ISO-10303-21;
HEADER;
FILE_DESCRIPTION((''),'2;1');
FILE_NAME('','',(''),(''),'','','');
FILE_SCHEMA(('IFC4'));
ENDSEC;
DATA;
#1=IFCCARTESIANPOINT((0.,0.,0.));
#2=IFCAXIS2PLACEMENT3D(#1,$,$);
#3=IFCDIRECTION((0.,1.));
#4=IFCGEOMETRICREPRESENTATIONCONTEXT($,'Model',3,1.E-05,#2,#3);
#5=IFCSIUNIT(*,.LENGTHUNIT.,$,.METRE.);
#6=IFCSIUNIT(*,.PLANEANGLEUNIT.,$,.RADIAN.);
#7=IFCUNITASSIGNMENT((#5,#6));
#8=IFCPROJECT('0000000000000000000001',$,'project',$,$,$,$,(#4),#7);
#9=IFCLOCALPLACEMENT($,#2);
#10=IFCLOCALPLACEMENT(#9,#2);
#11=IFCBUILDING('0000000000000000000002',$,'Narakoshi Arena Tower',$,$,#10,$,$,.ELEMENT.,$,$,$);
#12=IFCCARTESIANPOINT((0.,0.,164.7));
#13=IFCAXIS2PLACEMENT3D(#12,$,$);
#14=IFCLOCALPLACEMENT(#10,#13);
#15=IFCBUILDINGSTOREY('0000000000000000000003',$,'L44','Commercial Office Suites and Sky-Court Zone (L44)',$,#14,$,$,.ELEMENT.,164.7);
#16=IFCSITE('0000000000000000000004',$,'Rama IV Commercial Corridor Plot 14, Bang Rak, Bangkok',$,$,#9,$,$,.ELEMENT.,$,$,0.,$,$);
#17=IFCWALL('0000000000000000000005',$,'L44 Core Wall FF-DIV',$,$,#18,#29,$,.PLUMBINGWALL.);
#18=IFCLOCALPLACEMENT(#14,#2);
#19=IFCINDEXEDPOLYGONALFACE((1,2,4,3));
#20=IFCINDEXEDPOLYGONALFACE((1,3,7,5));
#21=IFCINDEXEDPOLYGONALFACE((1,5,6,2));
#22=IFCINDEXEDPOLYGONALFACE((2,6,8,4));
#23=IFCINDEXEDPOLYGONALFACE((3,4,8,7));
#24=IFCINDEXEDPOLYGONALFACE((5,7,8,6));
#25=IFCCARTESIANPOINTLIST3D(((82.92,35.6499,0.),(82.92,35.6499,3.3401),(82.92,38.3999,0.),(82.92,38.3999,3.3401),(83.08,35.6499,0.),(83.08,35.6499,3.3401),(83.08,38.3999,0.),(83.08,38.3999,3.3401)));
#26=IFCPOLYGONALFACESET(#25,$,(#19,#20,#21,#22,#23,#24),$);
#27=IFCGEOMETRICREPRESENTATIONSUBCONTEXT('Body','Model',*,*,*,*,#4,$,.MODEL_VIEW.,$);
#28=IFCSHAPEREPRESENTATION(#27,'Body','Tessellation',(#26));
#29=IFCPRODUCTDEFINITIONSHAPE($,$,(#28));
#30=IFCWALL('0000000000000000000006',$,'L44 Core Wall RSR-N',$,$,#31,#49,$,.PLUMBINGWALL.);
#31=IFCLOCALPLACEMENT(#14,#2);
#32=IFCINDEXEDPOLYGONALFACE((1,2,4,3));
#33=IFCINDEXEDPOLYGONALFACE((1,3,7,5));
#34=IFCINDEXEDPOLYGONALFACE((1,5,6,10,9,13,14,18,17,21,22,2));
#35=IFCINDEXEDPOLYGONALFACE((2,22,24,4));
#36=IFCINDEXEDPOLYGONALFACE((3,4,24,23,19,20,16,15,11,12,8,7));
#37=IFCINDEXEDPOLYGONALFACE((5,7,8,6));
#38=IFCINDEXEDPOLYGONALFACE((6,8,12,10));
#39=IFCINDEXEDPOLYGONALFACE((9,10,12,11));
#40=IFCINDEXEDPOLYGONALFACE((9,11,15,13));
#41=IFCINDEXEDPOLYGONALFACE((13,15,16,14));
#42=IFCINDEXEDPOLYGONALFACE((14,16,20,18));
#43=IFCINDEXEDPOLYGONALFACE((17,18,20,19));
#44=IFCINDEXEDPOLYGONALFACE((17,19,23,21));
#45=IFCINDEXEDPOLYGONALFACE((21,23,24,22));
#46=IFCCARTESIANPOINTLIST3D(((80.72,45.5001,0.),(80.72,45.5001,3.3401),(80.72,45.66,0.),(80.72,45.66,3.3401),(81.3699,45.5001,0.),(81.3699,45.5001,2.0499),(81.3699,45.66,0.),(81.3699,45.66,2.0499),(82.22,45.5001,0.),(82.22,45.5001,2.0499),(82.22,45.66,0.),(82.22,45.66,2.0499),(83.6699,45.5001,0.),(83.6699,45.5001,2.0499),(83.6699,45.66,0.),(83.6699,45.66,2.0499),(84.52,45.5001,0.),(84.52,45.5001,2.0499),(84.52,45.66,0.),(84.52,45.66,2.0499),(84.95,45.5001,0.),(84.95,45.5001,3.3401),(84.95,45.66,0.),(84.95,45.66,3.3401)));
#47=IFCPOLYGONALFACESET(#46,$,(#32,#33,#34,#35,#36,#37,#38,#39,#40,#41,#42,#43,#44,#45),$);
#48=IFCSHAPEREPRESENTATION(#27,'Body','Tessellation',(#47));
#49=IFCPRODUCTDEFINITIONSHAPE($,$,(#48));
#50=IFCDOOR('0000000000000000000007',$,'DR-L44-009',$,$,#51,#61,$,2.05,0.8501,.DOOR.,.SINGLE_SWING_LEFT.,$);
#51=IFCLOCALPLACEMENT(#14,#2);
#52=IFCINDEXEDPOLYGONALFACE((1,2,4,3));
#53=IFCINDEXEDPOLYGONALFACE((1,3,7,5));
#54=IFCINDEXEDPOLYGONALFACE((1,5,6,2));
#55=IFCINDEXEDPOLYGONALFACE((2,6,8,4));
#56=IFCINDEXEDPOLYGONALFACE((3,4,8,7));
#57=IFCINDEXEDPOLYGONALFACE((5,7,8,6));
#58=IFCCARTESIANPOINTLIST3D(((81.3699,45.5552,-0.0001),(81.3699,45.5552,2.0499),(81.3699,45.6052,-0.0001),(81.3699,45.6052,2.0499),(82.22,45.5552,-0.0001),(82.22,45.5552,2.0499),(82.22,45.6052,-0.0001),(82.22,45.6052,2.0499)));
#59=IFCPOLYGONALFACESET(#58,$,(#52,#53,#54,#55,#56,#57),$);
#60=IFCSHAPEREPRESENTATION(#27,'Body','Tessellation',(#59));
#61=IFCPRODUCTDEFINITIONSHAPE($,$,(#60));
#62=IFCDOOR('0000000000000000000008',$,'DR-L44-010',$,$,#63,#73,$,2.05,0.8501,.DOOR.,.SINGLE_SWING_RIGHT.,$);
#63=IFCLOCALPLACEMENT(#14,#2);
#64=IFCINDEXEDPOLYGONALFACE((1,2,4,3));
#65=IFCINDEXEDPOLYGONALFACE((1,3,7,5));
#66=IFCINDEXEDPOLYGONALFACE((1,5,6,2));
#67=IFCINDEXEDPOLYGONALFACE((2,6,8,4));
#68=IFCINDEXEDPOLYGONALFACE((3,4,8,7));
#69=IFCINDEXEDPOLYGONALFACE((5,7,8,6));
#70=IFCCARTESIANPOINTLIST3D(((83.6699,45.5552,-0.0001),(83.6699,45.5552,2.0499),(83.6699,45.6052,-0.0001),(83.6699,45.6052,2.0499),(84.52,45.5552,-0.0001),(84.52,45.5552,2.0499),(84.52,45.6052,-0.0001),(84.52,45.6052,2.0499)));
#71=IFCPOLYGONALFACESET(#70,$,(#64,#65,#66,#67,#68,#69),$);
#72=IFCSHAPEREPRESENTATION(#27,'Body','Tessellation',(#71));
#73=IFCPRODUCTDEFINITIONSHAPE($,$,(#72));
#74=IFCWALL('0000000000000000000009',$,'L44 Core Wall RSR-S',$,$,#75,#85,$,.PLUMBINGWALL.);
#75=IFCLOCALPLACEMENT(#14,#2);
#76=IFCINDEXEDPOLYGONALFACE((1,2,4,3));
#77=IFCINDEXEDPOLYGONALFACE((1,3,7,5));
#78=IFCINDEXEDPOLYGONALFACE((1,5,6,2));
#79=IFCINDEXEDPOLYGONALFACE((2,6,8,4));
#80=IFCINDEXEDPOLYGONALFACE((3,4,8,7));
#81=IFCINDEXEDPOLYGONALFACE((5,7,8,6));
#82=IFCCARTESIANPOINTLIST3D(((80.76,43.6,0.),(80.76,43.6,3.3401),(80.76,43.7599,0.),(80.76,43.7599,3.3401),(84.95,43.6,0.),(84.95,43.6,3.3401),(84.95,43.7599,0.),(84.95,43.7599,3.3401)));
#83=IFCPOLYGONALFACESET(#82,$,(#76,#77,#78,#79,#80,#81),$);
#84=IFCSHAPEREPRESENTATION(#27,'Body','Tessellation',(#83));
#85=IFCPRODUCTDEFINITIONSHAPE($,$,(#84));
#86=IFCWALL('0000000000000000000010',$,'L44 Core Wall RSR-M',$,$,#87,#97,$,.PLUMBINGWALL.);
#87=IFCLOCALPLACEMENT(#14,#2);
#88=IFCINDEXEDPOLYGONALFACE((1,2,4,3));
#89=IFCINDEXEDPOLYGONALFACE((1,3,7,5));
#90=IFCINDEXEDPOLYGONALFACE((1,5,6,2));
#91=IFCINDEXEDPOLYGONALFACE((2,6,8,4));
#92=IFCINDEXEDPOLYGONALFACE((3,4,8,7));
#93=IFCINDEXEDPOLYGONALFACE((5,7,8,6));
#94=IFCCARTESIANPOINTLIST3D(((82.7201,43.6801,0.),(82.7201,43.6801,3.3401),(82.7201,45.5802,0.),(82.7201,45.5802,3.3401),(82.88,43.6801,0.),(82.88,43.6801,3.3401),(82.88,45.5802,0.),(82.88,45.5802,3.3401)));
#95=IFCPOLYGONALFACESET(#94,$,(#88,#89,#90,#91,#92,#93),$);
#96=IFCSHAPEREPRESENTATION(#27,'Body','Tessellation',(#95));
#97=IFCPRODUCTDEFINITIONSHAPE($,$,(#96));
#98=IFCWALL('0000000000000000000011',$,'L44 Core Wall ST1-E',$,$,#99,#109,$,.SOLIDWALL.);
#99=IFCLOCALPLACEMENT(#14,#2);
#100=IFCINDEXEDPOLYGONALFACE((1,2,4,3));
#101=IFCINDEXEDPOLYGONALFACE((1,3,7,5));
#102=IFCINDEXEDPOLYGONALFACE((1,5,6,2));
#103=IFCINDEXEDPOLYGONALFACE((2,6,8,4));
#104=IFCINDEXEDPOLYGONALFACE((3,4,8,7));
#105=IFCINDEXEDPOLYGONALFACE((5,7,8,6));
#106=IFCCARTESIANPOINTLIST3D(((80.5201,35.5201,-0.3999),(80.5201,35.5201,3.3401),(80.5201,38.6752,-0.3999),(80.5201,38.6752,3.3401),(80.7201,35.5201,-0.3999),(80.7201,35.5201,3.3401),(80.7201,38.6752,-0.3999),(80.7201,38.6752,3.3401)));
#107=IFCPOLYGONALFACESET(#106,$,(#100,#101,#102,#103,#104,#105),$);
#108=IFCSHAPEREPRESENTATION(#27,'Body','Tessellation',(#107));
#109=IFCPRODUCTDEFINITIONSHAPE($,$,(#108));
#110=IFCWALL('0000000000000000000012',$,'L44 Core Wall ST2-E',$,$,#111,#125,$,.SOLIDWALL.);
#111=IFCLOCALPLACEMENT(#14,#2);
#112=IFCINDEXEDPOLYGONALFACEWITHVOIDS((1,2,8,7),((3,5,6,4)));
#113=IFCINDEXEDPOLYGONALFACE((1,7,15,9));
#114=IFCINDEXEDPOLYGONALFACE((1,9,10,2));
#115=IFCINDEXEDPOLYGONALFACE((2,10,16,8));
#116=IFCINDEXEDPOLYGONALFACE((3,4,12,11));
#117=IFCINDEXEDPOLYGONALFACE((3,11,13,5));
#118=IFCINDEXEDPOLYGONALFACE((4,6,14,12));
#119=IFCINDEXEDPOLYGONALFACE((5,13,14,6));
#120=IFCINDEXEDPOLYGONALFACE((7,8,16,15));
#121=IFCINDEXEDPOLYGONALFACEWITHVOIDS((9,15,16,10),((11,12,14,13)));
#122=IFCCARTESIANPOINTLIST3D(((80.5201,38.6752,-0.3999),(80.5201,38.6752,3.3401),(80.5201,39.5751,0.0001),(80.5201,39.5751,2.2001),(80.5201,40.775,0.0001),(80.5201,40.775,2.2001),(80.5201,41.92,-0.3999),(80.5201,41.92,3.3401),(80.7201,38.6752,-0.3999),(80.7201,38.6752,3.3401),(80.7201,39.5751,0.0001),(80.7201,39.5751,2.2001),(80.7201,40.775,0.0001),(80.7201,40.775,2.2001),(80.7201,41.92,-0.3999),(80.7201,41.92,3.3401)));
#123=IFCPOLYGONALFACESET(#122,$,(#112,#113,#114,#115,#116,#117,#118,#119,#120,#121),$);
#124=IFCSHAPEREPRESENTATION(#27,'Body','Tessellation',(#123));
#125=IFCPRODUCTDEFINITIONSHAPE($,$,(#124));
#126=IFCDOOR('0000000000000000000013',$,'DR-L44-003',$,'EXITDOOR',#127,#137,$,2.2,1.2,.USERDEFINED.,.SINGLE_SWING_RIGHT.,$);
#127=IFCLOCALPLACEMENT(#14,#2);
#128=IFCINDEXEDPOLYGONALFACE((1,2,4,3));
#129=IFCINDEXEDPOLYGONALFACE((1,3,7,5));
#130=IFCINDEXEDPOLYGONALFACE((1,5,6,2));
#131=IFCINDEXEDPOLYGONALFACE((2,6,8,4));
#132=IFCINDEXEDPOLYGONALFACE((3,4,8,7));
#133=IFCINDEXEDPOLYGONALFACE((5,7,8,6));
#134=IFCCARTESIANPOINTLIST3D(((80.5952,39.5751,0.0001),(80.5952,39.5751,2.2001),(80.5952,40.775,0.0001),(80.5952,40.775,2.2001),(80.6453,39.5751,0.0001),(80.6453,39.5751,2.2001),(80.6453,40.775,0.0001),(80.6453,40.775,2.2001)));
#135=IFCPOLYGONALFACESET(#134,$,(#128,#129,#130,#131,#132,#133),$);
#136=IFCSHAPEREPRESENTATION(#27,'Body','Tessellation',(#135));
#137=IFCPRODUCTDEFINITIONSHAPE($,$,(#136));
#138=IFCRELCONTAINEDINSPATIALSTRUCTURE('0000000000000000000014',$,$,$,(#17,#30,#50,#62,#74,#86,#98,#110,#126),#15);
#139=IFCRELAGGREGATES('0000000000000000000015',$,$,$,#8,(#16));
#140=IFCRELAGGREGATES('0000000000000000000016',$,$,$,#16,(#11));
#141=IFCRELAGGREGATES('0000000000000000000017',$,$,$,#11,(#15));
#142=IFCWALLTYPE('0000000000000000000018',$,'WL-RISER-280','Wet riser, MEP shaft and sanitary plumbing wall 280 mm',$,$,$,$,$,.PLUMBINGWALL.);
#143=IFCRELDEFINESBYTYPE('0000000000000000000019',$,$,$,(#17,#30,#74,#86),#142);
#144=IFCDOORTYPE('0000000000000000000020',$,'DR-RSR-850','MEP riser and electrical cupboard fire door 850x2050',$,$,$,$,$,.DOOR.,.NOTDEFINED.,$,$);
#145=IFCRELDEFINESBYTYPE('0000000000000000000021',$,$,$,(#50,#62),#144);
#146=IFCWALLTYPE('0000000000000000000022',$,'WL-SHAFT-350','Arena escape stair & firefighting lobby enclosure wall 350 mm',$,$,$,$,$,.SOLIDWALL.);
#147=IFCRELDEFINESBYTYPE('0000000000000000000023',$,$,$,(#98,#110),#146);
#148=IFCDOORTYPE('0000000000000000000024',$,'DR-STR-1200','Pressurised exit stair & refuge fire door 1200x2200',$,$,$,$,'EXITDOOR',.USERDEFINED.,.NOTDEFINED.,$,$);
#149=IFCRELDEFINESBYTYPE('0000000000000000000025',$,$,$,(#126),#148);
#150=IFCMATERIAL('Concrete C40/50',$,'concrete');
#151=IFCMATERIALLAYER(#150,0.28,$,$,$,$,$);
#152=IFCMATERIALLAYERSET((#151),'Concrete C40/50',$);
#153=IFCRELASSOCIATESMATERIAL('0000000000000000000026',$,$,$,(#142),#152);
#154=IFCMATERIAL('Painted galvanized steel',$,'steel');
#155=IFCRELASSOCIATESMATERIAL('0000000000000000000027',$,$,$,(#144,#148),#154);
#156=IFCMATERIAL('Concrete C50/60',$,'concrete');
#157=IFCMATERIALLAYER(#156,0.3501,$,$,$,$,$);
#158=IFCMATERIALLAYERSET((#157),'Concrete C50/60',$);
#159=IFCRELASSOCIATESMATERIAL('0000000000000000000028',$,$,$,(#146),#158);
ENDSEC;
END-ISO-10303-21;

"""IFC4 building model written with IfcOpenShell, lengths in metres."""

from ifc_helpers import new_model, si_unit, direction, frame, frame_2d, origin, place, context, subcontext, project, spatial, rectangle, extrude, material, layer, layer_set, type_object, element, fill, save


model = new_model("IFC4")

# Units and contexts
model_context = context("Model", 3, precision=1e-05, world=origin(), true_north=direction((0.0, 1.0)))
body_context = subcontext(model_context, "Body", "Model", "MODEL_VIEW")
ifc_project = project(units=[si_unit("LENGTHUNIT", "METRE"), si_unit("PLANEANGLEUNIT", "RADIAN")], contexts=[model_context])

# Site, building, storey
site_placement = place(None, origin())
site = spatial("IfcSite", under=ifc_project, at=site_placement, Name="Rama IV Commercial Corridor Plot 14, Bang Rak, Bangkok", CompositionType="ELEMENT", RefElevation=0.0)
building_placement = place(site_placement, origin())
building = spatial("IfcBuilding", under=site, at=building_placement, Name="Narakoshi Arena Tower", CompositionType="ELEMENT")
storey_placement = place(building_placement, frame((0.0, 0.0, 164.7)))
storey = spatial("IfcBuildingStorey", under=building, at=storey_placement, Name="L44", Description="Commercial Office Suites and Sky-Court Zone (L44)", CompositionType="ELEMENT", Elevation=164.7)

# Wall
ifc_material_1 = material(Name="Concrete C40/50", Category="concrete")
ifc_layer_1 = layer(ifc_material_1, 0.28)
ifc_layer_set_1 = layer_set([ifc_layer_1], Name="Concrete C40/50")
wall_type_1 = type_object("IfcWallType", Name="WL-RISER-280", Description="Wet riser, MEP shaft and sanitary plumbing wall 280 mm", PredefinedType="PLUMBINGWALL", material=ifc_layer_set_1)
wall_1_placement = place(storey_placement, frame((83.0, 35.6499, 0.0), z_axis=(0.0, 0.0, 1.0), x_axis=(0.0, 1.0, 0.0)))
element("IfcWall", 1, at=wall_1_placement, inside=storey, type_object=wall_type_1, Name="L44 Core Wall FF-DIV", PredefinedType="PLUMBINGWALL", context=body_context, shape_type="SweptSolid", body=[
    extrude(rectangle(XDim=2.75, YDim=0.1599, at=frame_2d((1.375, 0.0))), origin(), (0.0, 0.0, 1.0), 3.3401),
])

# Wall, openings, doors
wall_2_placement = place(storey_placement, frame((80.72, 45.5801, 0.0), z_axis=(0.0, 0.0, 1.0), x_axis=(1.0, 0.0, 0.0)))
wall_2 = element("IfcWall", 2, at=wall_2_placement, inside=storey, type_object=wall_type_1, Name="L44 Core Wall RSR-N", PredefinedType="PLUMBINGWALL", context=body_context, shape_type="SweptSolid", body=[
    extrude(rectangle(XDim=4.23, YDim=0.1599, at=frame_2d((2.115, 0.0))), origin(), (0.0, 0.0, 1.0), 3.3401),
])
opening_1_placement = place(wall_2_placement, frame((0.6499, 0.0, 0.0)))
opening_1 = element("IfcOpeningElement", 3, at=opening_1_placement, cuts=wall_2, PredefinedType="OPENING", context=body_context, shape_type="SweptSolid", body=[
    extrude(rectangle(XDim=0.8501, YDim=2.05, at=frame_2d((0.425, 1.0249))), frame((0.0, 0.0898, 0.0), z_axis=(0.0, -1.0, 0.0), x_axis=(1.0, 0.0, 0.0)), (0.0, 0.0, 1.0), 0.1799),
])
opening_2_placement = place(wall_2_placement, frame((2.95, 0.0, 0.0)))
opening_2 = element("IfcOpeningElement", 4, at=opening_2_placement, cuts=wall_2, PredefinedType="OPENING", context=body_context, shape_type="SweptSolid", body=[
    extrude(rectangle(XDim=0.8501, YDim=2.05, at=frame_2d((0.425, 1.0249))), frame((0.0, 0.0898, 0.0), z_axis=(0.0, -1.0, 0.0), x_axis=(1.0, 0.0, 0.0)), (0.0, 0.0, 1.0), 0.1799),
])
ifc_material_2 = material(Name="Painted galvanized steel", Category="steel")
door_type_1 = type_object("IfcDoorType", Name="DR-RSR-850", Description="MEP riser and electrical cupboard fire door 850x2050", OperationType="NOTDEFINED", PredefinedType="DOOR", material=ifc_material_2)
door_1_placement = place(opening_1_placement, frame((0.8501, 0.0, 0.0), z_axis=(0.0, 0.0, 1.0), x_axis=(-1.0, 0.0, 0.0)))
door_1 = element("IfcDoor", 5, at=door_1_placement, inside=storey, type_object=door_type_1, Name="DR-L44-009", OperationType="SINGLE_SWING_LEFT", OverallHeight=2.05, OverallWidth=0.8501, PredefinedType="DOOR", context=body_context, shape_type="SweptSolid", body=[
    extrude(rectangle(XDim=0.8501, YDim=2.05, at=frame_2d((0.425, 1.0249))), frame((0.0, 0.0249, 0.0), z_axis=(0.0, -1.0, 0.0), x_axis=(1.0, 0.0, 0.0)), (0.0, 0.0, 1.0), 0.05),
])
fill(opening_1, door_1)
door_2_placement = place(opening_2_placement, frame((0.8501, 0.0, 0.0), z_axis=(0.0, 0.0, 1.0), x_axis=(-1.0, 0.0, 0.0)))
door_2 = element("IfcDoor", 6, at=door_2_placement, inside=storey, type_object=door_type_1, Name="DR-L44-010", OperationType="SINGLE_SWING_RIGHT", OverallHeight=2.05, OverallWidth=0.8501, PredefinedType="DOOR", context=body_context, shape_type="SweptSolid", body=[
    extrude(rectangle(XDim=0.8501, YDim=2.05, at=frame_2d((0.425, 1.0249))), frame((0.0, 0.0249, 0.0), z_axis=(0.0, -1.0, 0.0), x_axis=(1.0, 0.0, 0.0)), (0.0, 0.0, 1.0), 0.05),
])
fill(opening_2, door_2)

# Walls
wall_3_placement = place(storey_placement, frame((80.76, 43.6799, 0.0), z_axis=(0.0, 0.0, 1.0), x_axis=(1.0, 0.0, 0.0)))
element("IfcWall", 7, at=wall_3_placement, inside=storey, type_object=wall_type_1, Name="L44 Core Wall RSR-S", PredefinedType="PLUMBINGWALL", context=body_context, shape_type="SweptSolid", body=[
    extrude(rectangle(XDim=4.1899, YDim=0.1599, at=frame_2d((2.095, 0.0))), origin(), (0.0, 0.0, 1.0), 3.3401),
])
wall_4_placement = place(storey_placement, frame((82.8, 43.6799, 0.0), z_axis=(0.0, 0.0, 1.0), x_axis=(0.0, 1.0, 0.0)))
element("IfcWall", 8, at=wall_4_placement, inside=storey, type_object=wall_type_1, Name="L44 Core Wall RSR-M", PredefinedType="PLUMBINGWALL", context=body_context, shape_type="SweptSolid", body=[
    extrude(rectangle(XDim=1.9001, YDim=0.1599, at=frame_2d((0.9502, 0.0))), origin(), (0.0, 0.0, 1.0), 3.3401),
])
ifc_material_3 = material(Name="Concrete C50/60", Category="concrete")
ifc_layer_2 = layer(ifc_material_3, 0.3501)
ifc_layer_set_2 = layer_set([ifc_layer_2], Name="Concrete C50/60")
wall_type_2 = type_object("IfcWallType", Name="WL-SHAFT-350", Description="Arena escape stair & firefighting lobby enclosure wall 350 mm", PredefinedType="SOLIDWALL", material=ifc_layer_set_2)
wall_5_placement = place(storey_placement, frame((80.6201, 35.52, -0.3999), z_axis=(0.0, 0.0, 1.0), x_axis=(0.0, 1.0, 0.0)))
element("IfcWall", 9, at=wall_5_placement, inside=storey, type_object=wall_type_2, Name="L44 Core Wall ST1-E", PredefinedType="SOLIDWALL", context=body_context, shape_type="SweptSolid", body=[
    extrude(rectangle(XDim=3.155, YDim=0.2, at=frame_2d((1.5776, 0.0))), origin(), (0.0, 0.0, 1.0), 3.74),
])

# Wall, opening, door
wall_6_placement = place(storey_placement, frame((80.6201, 38.675, -0.3999), z_axis=(0.0, 0.0, 1.0), x_axis=(0.0, 1.0, 0.0)))
wall_6 = element("IfcWall", 10, at=wall_6_placement, inside=storey, type_object=wall_type_2, Name="L44 Core Wall ST2-E", PredefinedType="SOLIDWALL", context=body_context, shape_type="SweptSolid", body=[
    extrude(rectangle(XDim=3.2449, YDim=0.2, at=frame_2d((1.6226, 0.0))), origin(), (0.0, 0.0, 1.0), 3.74),
])
opening_3_placement = place(wall_6_placement, frame((0.8999, 0.0, 0.3999)))
opening_3 = element("IfcOpeningElement", 11, at=opening_3_placement, cuts=wall_6, PredefinedType="OPENING", context=body_context, shape_type="SweptSolid", body=[
    extrude(rectangle(XDim=1.2, YDim=2.2, at=frame_2d((0.6001, 1.1001))), frame((0.0, 0.1099, 0.0), z_axis=(0.0, -1.0, 0.0), x_axis=(1.0, 0.0, 0.0)), (0.0, 0.0, 1.0), 0.22),
])
door_type_2 = type_object("IfcDoorType", Name="DR-STR-1200", Description="Pressurised exit stair & refuge fire door 1200x2200", ElementType="EXITDOOR", OperationType="NOTDEFINED", PredefinedType="USERDEFINED", material=ifc_material_2)
door_3_placement = place(opening_3_placement, origin())
door_3 = element("IfcDoor", 12, at=door_3_placement, inside=storey, type_object=door_type_2, Name="DR-L44-003", ObjectType="EXITDOOR", OperationType="SINGLE_SWING_RIGHT", OverallHeight=2.2, OverallWidth=1.2, PredefinedType="USERDEFINED", context=body_context, shape_type="SweptSolid", body=[
    extrude(rectangle(XDim=1.2, YDim=2.2, at=frame_2d((0.6001, 1.1001))), frame((0.0, 0.0249, 0.0), z_axis=(0.0, -1.0, 0.0), x_axis=(1.0, 0.0, 0.0)), (0.0, 0.0, 1.0), 0.05),
])
fill(opening_3, door_3)

save(model, "model.ifc")
